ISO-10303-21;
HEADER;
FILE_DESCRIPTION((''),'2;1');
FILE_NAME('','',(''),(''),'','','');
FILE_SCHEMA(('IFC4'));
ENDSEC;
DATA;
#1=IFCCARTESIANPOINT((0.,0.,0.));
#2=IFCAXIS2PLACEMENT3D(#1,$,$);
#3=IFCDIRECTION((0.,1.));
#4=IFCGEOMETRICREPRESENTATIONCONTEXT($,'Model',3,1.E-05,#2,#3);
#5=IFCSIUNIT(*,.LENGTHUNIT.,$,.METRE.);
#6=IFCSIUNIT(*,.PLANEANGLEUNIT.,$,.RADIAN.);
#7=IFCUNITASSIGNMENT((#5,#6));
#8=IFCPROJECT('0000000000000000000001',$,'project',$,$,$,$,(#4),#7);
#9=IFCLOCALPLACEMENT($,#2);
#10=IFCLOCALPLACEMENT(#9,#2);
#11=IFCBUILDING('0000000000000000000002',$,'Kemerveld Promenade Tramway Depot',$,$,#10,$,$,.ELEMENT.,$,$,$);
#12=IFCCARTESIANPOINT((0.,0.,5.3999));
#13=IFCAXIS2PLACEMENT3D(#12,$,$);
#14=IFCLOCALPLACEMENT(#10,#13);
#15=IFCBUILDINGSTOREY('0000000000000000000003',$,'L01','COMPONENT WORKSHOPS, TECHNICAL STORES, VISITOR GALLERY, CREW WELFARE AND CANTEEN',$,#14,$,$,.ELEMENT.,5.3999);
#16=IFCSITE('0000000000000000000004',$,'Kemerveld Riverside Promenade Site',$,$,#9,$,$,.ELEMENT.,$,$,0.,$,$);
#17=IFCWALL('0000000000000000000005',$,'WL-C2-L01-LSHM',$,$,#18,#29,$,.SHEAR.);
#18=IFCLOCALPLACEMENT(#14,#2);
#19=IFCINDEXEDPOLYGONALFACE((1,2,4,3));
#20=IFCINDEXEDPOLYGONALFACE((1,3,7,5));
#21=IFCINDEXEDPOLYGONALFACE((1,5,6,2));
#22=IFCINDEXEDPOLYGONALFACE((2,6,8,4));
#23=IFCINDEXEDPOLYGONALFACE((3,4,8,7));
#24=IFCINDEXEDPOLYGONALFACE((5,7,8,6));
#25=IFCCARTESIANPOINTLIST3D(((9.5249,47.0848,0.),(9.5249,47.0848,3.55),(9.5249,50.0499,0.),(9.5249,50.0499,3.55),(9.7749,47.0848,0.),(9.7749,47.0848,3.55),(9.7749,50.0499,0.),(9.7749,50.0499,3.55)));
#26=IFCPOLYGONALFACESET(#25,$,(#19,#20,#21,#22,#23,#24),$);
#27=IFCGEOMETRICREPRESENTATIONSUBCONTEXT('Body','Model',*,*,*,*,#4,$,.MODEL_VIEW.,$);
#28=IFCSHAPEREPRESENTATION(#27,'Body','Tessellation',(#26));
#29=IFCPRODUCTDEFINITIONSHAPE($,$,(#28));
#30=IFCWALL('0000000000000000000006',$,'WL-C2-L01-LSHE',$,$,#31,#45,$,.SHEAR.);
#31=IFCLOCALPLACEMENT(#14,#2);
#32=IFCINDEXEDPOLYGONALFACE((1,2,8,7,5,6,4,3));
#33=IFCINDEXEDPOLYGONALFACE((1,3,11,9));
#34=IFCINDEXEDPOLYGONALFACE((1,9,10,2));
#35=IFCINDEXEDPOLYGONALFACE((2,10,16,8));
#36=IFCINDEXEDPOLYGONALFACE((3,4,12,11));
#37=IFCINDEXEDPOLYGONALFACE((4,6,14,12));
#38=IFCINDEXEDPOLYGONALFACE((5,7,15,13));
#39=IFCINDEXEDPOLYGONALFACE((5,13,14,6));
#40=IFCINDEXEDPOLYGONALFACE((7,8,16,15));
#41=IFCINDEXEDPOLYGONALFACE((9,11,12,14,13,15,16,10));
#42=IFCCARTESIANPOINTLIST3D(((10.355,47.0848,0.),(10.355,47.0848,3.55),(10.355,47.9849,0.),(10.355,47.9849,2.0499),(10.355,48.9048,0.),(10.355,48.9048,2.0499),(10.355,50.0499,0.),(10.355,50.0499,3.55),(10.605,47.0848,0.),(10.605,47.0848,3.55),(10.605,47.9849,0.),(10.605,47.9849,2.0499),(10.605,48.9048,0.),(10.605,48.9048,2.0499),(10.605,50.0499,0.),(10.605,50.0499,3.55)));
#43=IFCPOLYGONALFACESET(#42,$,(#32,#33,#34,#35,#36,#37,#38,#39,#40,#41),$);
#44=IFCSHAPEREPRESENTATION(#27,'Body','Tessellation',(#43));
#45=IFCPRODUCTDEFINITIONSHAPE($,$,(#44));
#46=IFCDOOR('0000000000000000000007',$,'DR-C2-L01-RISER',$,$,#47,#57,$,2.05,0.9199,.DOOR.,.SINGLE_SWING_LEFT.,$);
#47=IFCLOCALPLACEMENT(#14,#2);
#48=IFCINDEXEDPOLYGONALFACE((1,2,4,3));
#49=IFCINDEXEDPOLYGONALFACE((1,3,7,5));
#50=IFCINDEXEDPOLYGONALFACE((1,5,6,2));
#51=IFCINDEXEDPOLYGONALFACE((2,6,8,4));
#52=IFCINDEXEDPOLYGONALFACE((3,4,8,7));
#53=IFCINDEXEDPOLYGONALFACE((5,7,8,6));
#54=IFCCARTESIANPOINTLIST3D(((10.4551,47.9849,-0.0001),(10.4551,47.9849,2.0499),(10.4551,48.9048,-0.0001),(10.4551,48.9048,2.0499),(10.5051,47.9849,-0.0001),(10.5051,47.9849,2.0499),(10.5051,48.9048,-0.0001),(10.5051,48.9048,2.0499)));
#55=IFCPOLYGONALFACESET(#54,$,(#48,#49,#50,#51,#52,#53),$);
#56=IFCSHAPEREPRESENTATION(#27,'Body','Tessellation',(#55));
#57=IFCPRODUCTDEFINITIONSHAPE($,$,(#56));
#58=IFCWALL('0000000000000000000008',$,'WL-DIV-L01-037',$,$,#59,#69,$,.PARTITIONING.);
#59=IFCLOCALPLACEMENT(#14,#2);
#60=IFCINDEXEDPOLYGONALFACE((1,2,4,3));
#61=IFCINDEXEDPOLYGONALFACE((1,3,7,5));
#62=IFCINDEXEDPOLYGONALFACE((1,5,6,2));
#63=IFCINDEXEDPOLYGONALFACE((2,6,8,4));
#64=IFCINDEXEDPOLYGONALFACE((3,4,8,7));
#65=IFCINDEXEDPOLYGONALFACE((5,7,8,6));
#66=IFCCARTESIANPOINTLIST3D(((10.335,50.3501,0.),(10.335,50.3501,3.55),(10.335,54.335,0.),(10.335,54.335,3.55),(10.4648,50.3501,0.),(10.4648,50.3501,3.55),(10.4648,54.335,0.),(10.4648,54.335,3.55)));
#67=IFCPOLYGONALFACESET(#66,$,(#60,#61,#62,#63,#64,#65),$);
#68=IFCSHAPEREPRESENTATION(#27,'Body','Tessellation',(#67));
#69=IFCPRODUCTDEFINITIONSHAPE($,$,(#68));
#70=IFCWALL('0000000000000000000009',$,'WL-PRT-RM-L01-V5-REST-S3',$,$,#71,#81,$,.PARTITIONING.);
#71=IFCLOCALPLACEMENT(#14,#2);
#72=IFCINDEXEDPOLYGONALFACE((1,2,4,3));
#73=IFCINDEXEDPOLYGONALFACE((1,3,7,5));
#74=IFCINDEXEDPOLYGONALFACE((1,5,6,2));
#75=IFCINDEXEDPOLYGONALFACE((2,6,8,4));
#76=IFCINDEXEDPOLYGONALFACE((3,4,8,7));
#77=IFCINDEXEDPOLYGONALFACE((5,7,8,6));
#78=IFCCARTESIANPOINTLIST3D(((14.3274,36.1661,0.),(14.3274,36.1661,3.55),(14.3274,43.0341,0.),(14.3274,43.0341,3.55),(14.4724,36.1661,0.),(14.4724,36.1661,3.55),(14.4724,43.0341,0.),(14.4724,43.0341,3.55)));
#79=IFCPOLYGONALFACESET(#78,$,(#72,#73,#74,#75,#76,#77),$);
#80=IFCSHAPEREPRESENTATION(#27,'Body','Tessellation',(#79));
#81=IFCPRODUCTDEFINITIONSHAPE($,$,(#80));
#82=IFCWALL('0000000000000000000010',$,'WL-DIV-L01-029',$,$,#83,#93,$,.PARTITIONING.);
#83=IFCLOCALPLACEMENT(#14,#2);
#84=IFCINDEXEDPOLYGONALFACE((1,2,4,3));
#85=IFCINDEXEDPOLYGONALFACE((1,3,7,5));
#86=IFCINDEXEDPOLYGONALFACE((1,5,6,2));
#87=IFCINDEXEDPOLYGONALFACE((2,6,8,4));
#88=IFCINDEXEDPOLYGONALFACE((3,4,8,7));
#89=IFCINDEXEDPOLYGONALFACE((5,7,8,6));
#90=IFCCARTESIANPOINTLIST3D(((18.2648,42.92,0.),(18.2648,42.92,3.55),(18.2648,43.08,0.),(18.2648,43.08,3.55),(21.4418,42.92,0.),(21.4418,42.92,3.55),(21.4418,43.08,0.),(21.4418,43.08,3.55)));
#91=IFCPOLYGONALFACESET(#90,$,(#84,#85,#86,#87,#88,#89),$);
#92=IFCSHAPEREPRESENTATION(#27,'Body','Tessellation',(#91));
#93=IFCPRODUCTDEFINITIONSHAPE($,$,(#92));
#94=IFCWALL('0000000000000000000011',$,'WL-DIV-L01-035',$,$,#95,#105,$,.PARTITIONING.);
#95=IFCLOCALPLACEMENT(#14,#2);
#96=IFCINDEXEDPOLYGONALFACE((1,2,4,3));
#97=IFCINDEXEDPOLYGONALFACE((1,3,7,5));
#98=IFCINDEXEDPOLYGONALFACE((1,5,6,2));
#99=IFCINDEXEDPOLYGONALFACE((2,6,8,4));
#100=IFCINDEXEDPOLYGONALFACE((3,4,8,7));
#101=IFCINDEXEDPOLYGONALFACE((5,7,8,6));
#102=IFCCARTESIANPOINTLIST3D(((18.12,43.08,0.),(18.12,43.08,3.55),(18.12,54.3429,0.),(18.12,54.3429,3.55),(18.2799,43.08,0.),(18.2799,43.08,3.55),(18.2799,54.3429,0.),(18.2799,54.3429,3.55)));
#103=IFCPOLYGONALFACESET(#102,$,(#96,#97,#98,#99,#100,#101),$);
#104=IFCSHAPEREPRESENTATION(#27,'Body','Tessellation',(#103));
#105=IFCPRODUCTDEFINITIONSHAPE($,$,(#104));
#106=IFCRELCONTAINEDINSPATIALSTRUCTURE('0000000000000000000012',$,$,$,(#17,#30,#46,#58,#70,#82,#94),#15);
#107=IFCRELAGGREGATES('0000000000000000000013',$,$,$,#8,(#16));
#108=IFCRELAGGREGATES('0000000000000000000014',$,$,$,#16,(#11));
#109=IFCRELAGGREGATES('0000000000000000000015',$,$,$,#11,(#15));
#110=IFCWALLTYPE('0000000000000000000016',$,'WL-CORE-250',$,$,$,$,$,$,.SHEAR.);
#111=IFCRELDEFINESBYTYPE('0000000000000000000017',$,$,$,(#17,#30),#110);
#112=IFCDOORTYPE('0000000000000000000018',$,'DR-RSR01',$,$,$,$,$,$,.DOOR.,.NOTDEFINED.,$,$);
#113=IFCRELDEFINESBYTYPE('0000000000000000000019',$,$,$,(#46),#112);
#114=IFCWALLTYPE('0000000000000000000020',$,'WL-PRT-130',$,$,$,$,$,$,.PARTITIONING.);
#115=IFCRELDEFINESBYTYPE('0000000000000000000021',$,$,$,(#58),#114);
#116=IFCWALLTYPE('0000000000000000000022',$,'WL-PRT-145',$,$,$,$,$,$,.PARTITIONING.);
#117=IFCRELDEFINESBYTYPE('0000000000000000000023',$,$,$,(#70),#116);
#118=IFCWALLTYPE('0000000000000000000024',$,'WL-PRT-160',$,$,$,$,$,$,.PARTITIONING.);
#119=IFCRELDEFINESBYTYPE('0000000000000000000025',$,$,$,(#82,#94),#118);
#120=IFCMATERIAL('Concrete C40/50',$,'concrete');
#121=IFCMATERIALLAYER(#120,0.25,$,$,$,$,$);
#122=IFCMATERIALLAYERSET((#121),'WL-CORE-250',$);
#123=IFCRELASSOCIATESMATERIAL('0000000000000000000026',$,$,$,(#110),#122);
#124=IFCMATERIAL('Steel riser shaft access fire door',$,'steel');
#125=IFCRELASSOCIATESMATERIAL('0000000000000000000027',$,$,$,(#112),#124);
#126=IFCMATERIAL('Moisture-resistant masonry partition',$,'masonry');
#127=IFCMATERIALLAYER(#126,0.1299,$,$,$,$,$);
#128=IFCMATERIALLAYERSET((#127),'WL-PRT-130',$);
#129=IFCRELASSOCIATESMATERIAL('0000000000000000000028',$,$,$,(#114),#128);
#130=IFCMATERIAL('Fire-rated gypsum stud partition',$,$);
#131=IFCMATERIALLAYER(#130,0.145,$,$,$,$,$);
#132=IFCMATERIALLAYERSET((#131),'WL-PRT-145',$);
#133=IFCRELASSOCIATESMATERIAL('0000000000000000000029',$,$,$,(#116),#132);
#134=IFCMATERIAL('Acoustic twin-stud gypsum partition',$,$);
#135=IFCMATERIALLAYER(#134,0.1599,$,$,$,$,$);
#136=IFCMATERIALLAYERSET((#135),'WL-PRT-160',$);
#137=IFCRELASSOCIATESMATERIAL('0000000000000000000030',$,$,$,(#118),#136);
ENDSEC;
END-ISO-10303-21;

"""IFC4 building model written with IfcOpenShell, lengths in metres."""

from ifc_helpers import new_model, si_unit, direction, frame, frame_2d, origin, place, context, subcontext, project, spatial, rectangle, extrude, material, layer, layer_set, type_object, element, fill, save


model = new_model("IFC4")

# Units and contexts
model_context = context("Model", 3, precision=1e-05, world=origin(), true_north=direction((0.0, 1.0)))
body_context = subcontext(model_context, "Body", "Model", "MODEL_VIEW")
ifc_project = project(units=[si_unit("LENGTHUNIT", "METRE"), si_unit("PLANEANGLEUNIT", "RADIAN")], contexts=[model_context])

# Site, building, storey
site_placement = place(None, origin())
site = spatial("IfcSite", under=ifc_project, at=site_placement, Name="Kemerveld Riverside Promenade Site", CompositionType="ELEMENT", RefElevation=0.0)
building_placement = place(site_placement, origin())
building = spatial("IfcBuilding", under=site, at=building_placement, Name="Kemerveld Promenade Tramway Depot", CompositionType="ELEMENT")
storey_placement = place(building_placement, frame((0.0, 0.0, 5.3999)))
storey = spatial("IfcBuildingStorey", under=building, at=storey_placement, Name="L01", Description="COMPONENT WORKSHOPS, TECHNICAL STORES, VISITOR GALLERY, CREW WELFARE AND CANTEEN", CompositionType="ELEMENT", Elevation=5.3999)

# Shared definitions
ifc_material_1 = material(Name="Concrete C40/50", Category="concrete")

# Wall
ifc_layer_1 = layer(ifc_material_1, 0.25)
ifc_layer_set_1 = layer_set([ifc_layer_1], Name="WL-CORE-250")
wall_type_1 = type_object("IfcWallType", Name="WL-CORE-250", PredefinedType="SHEAR", material=ifc_layer_set_1)
wall_1_placement = place(storey_placement, frame((9.6499, 47.085, 0.0), z_axis=(0.0, 0.0, 1.0), x_axis=(0.0, 1.0, 0.0)))
element("IfcWall", 1, at=wall_1_placement, inside=storey, type_object=wall_type_1, Name="WL-C2-L01-LSHM", PredefinedType="SHEAR", context=body_context, shape_type="SweptSolid", body=[
    extrude(rectangle(XDim=2.9651, YDim=0.25, at=frame_2d((1.4824, 0.0))), origin(), (0.0, 0.0, 1.0), 3.55),
])

# Wall, opening, door
wall_2_placement = place(storey_placement, frame((10.48, 47.085, 0.0), z_axis=(0.0, 0.0, 1.0), x_axis=(0.0, 1.0, 0.0)))
wall_2 = element("IfcWall", 2, at=wall_2_placement, inside=storey, type_object=wall_type_1, Name="WL-C2-L01-LSHE", PredefinedType="SHEAR", context=body_context, shape_type="SweptSolid", body=[
    extrude(rectangle(XDim=2.9651, YDim=0.25, at=frame_2d((1.4824, 0.0))), origin(), (0.0, 0.0, 1.0), 3.55),
])
opening_1_placement = place(wall_2_placement, frame((0.8999, 0.0, 0.0)))
opening_1 = element("IfcOpeningElement", 3, at=opening_1_placement, cuts=wall_2, PredefinedType="OPENING", context=body_context, shape_type="SweptSolid", body=[
    extrude(rectangle(XDim=0.9199, YDim=2.05, at=frame_2d((0.46, 1.0249))), frame((0.0, 0.135, 0.0), z_axis=(0.0, -1.0, 0.0), x_axis=(1.0, 0.0, 0.0)), (0.0, 0.0, 1.0), 0.27),
])
ifc_material_2 = material(Name="Steel riser shaft access fire door", Category="steel")
door_type_1 = type_object("IfcDoorType", Name="DR-RSR01", OperationType="NOTDEFINED", PredefinedType="DOOR", material=ifc_material_2)
door_1_placement = place(opening_1_placement, origin())
door_1 = element("IfcDoor", 4, at=door_1_placement, inside=storey, type_object=door_type_1, Name="DR-C2-L01-RISER", OperationType="SINGLE_SWING_LEFT", OverallHeight=2.05, OverallWidth=0.9199, PredefinedType="DOOR", context=body_context, shape_type="SweptSolid", body=[
    extrude(rectangle(XDim=0.9199, YDim=2.05, at=frame_2d((0.46, 1.0249))), frame((0.0, 0.0249, 0.0), z_axis=(0.0, -1.0, 0.0), x_axis=(1.0, 0.0, 0.0)), (0.0, 0.0, 1.0), 0.05),
])
fill(opening_1, door_1)

# Walls
ifc_material_3 = material(Name="Moisture-resistant masonry partition", Category="masonry")
ifc_layer_2 = layer(ifc_material_3, 0.1299)
ifc_layer_set_2 = layer_set([ifc_layer_2], Name="WL-PRT-130")
wall_type_2 = type_object("IfcWallType", Name="WL-PRT-130", PredefinedType="PARTITIONING", material=ifc_layer_set_2)
wall_3_placement = place(storey_placement, frame((10.3999, 50.3501, 0.0), z_axis=(0.0, 0.0, 1.0), x_axis=(0.0, 1.0, 0.0)))
element("IfcWall", 5, at=wall_3_placement, inside=storey, type_object=wall_type_2, Name="WL-DIV-L01-037", PredefinedType="PARTITIONING", context=body_context, shape_type="SweptSolid", body=[
    extrude(rectangle(XDim=3.9849, YDim=0.1299, at=frame_2d((1.9924, 0.0))), origin(), (0.0, 0.0, 1.0), 3.55),
])
ifc_material_4 = material(Name="Fire-rated gypsum stud partition")
ifc_layer_3 = layer(ifc_material_4, 0.145)
ifc_layer_set_3 = layer_set([ifc_layer_3], Name="WL-PRT-145")
wall_type_3 = type_object("IfcWallType", Name="WL-PRT-145", PredefinedType="PARTITIONING", material=ifc_layer_set_3)
wall_4_placement = place(storey_placement, frame((14.3999, 36.166, 0.0), z_axis=(0.0, 0.0, 1.0), x_axis=(0.0, 1.0, 0.0)))
element("IfcWall", 6, at=wall_4_placement, inside=storey, type_object=wall_type_3, Name="WL-PRT-RM-L01-V5-REST-S3", PredefinedType="PARTITIONING", context=body_context, shape_type="SweptSolid", body=[
    extrude(rectangle(XDim=6.8679, YDim=0.145, at=frame_2d((3.4341, 0.0))), origin(), (0.0, 0.0, 1.0), 3.55),
])
ifc_material_5 = material(Name="Acoustic twin-stud gypsum partition")
ifc_layer_4 = layer(ifc_material_5, 0.1599)
ifc_layer_set_4 = layer_set([ifc_layer_4], Name="WL-PRT-160")
wall_type_4 = type_object("IfcWallType", Name="WL-PRT-160", PredefinedType="PARTITIONING", material=ifc_layer_set_4)
wall_5_placement = place(storey_placement, frame((18.2649, 43.0, 0.0), z_axis=(0.0, 0.0, 1.0), x_axis=(1.0, 0.0, 0.0)))
element("IfcWall", 7, at=wall_5_placement, inside=storey, type_object=wall_type_4, Name="WL-DIV-L01-029", PredefinedType="PARTITIONING", context=body_context, shape_type="SweptSolid", body=[
    extrude(rectangle(XDim=3.177, YDim=0.1599, at=frame_2d((1.5884, 0.0))), origin(), (0.0, 0.0, 1.0), 3.55),
])
wall_6_placement = place(storey_placement, frame((18.2, 43.0801, 0.0), z_axis=(0.0, 0.0, 1.0), x_axis=(0.0, 1.0, 0.0)))
element("IfcWall", 8, at=wall_6_placement, inside=storey, type_object=wall_type_4, Name="WL-DIV-L01-035", PredefinedType="PARTITIONING", context=body_context, shape_type="SweptSolid", body=[
    extrude(rectangle(XDim=11.2629, YDim=0.1599, at=frame_2d((5.6313, 0.0))), origin(), (0.0, 0.0, 1.0), 3.55),
])

save(model, "model.ifc")
